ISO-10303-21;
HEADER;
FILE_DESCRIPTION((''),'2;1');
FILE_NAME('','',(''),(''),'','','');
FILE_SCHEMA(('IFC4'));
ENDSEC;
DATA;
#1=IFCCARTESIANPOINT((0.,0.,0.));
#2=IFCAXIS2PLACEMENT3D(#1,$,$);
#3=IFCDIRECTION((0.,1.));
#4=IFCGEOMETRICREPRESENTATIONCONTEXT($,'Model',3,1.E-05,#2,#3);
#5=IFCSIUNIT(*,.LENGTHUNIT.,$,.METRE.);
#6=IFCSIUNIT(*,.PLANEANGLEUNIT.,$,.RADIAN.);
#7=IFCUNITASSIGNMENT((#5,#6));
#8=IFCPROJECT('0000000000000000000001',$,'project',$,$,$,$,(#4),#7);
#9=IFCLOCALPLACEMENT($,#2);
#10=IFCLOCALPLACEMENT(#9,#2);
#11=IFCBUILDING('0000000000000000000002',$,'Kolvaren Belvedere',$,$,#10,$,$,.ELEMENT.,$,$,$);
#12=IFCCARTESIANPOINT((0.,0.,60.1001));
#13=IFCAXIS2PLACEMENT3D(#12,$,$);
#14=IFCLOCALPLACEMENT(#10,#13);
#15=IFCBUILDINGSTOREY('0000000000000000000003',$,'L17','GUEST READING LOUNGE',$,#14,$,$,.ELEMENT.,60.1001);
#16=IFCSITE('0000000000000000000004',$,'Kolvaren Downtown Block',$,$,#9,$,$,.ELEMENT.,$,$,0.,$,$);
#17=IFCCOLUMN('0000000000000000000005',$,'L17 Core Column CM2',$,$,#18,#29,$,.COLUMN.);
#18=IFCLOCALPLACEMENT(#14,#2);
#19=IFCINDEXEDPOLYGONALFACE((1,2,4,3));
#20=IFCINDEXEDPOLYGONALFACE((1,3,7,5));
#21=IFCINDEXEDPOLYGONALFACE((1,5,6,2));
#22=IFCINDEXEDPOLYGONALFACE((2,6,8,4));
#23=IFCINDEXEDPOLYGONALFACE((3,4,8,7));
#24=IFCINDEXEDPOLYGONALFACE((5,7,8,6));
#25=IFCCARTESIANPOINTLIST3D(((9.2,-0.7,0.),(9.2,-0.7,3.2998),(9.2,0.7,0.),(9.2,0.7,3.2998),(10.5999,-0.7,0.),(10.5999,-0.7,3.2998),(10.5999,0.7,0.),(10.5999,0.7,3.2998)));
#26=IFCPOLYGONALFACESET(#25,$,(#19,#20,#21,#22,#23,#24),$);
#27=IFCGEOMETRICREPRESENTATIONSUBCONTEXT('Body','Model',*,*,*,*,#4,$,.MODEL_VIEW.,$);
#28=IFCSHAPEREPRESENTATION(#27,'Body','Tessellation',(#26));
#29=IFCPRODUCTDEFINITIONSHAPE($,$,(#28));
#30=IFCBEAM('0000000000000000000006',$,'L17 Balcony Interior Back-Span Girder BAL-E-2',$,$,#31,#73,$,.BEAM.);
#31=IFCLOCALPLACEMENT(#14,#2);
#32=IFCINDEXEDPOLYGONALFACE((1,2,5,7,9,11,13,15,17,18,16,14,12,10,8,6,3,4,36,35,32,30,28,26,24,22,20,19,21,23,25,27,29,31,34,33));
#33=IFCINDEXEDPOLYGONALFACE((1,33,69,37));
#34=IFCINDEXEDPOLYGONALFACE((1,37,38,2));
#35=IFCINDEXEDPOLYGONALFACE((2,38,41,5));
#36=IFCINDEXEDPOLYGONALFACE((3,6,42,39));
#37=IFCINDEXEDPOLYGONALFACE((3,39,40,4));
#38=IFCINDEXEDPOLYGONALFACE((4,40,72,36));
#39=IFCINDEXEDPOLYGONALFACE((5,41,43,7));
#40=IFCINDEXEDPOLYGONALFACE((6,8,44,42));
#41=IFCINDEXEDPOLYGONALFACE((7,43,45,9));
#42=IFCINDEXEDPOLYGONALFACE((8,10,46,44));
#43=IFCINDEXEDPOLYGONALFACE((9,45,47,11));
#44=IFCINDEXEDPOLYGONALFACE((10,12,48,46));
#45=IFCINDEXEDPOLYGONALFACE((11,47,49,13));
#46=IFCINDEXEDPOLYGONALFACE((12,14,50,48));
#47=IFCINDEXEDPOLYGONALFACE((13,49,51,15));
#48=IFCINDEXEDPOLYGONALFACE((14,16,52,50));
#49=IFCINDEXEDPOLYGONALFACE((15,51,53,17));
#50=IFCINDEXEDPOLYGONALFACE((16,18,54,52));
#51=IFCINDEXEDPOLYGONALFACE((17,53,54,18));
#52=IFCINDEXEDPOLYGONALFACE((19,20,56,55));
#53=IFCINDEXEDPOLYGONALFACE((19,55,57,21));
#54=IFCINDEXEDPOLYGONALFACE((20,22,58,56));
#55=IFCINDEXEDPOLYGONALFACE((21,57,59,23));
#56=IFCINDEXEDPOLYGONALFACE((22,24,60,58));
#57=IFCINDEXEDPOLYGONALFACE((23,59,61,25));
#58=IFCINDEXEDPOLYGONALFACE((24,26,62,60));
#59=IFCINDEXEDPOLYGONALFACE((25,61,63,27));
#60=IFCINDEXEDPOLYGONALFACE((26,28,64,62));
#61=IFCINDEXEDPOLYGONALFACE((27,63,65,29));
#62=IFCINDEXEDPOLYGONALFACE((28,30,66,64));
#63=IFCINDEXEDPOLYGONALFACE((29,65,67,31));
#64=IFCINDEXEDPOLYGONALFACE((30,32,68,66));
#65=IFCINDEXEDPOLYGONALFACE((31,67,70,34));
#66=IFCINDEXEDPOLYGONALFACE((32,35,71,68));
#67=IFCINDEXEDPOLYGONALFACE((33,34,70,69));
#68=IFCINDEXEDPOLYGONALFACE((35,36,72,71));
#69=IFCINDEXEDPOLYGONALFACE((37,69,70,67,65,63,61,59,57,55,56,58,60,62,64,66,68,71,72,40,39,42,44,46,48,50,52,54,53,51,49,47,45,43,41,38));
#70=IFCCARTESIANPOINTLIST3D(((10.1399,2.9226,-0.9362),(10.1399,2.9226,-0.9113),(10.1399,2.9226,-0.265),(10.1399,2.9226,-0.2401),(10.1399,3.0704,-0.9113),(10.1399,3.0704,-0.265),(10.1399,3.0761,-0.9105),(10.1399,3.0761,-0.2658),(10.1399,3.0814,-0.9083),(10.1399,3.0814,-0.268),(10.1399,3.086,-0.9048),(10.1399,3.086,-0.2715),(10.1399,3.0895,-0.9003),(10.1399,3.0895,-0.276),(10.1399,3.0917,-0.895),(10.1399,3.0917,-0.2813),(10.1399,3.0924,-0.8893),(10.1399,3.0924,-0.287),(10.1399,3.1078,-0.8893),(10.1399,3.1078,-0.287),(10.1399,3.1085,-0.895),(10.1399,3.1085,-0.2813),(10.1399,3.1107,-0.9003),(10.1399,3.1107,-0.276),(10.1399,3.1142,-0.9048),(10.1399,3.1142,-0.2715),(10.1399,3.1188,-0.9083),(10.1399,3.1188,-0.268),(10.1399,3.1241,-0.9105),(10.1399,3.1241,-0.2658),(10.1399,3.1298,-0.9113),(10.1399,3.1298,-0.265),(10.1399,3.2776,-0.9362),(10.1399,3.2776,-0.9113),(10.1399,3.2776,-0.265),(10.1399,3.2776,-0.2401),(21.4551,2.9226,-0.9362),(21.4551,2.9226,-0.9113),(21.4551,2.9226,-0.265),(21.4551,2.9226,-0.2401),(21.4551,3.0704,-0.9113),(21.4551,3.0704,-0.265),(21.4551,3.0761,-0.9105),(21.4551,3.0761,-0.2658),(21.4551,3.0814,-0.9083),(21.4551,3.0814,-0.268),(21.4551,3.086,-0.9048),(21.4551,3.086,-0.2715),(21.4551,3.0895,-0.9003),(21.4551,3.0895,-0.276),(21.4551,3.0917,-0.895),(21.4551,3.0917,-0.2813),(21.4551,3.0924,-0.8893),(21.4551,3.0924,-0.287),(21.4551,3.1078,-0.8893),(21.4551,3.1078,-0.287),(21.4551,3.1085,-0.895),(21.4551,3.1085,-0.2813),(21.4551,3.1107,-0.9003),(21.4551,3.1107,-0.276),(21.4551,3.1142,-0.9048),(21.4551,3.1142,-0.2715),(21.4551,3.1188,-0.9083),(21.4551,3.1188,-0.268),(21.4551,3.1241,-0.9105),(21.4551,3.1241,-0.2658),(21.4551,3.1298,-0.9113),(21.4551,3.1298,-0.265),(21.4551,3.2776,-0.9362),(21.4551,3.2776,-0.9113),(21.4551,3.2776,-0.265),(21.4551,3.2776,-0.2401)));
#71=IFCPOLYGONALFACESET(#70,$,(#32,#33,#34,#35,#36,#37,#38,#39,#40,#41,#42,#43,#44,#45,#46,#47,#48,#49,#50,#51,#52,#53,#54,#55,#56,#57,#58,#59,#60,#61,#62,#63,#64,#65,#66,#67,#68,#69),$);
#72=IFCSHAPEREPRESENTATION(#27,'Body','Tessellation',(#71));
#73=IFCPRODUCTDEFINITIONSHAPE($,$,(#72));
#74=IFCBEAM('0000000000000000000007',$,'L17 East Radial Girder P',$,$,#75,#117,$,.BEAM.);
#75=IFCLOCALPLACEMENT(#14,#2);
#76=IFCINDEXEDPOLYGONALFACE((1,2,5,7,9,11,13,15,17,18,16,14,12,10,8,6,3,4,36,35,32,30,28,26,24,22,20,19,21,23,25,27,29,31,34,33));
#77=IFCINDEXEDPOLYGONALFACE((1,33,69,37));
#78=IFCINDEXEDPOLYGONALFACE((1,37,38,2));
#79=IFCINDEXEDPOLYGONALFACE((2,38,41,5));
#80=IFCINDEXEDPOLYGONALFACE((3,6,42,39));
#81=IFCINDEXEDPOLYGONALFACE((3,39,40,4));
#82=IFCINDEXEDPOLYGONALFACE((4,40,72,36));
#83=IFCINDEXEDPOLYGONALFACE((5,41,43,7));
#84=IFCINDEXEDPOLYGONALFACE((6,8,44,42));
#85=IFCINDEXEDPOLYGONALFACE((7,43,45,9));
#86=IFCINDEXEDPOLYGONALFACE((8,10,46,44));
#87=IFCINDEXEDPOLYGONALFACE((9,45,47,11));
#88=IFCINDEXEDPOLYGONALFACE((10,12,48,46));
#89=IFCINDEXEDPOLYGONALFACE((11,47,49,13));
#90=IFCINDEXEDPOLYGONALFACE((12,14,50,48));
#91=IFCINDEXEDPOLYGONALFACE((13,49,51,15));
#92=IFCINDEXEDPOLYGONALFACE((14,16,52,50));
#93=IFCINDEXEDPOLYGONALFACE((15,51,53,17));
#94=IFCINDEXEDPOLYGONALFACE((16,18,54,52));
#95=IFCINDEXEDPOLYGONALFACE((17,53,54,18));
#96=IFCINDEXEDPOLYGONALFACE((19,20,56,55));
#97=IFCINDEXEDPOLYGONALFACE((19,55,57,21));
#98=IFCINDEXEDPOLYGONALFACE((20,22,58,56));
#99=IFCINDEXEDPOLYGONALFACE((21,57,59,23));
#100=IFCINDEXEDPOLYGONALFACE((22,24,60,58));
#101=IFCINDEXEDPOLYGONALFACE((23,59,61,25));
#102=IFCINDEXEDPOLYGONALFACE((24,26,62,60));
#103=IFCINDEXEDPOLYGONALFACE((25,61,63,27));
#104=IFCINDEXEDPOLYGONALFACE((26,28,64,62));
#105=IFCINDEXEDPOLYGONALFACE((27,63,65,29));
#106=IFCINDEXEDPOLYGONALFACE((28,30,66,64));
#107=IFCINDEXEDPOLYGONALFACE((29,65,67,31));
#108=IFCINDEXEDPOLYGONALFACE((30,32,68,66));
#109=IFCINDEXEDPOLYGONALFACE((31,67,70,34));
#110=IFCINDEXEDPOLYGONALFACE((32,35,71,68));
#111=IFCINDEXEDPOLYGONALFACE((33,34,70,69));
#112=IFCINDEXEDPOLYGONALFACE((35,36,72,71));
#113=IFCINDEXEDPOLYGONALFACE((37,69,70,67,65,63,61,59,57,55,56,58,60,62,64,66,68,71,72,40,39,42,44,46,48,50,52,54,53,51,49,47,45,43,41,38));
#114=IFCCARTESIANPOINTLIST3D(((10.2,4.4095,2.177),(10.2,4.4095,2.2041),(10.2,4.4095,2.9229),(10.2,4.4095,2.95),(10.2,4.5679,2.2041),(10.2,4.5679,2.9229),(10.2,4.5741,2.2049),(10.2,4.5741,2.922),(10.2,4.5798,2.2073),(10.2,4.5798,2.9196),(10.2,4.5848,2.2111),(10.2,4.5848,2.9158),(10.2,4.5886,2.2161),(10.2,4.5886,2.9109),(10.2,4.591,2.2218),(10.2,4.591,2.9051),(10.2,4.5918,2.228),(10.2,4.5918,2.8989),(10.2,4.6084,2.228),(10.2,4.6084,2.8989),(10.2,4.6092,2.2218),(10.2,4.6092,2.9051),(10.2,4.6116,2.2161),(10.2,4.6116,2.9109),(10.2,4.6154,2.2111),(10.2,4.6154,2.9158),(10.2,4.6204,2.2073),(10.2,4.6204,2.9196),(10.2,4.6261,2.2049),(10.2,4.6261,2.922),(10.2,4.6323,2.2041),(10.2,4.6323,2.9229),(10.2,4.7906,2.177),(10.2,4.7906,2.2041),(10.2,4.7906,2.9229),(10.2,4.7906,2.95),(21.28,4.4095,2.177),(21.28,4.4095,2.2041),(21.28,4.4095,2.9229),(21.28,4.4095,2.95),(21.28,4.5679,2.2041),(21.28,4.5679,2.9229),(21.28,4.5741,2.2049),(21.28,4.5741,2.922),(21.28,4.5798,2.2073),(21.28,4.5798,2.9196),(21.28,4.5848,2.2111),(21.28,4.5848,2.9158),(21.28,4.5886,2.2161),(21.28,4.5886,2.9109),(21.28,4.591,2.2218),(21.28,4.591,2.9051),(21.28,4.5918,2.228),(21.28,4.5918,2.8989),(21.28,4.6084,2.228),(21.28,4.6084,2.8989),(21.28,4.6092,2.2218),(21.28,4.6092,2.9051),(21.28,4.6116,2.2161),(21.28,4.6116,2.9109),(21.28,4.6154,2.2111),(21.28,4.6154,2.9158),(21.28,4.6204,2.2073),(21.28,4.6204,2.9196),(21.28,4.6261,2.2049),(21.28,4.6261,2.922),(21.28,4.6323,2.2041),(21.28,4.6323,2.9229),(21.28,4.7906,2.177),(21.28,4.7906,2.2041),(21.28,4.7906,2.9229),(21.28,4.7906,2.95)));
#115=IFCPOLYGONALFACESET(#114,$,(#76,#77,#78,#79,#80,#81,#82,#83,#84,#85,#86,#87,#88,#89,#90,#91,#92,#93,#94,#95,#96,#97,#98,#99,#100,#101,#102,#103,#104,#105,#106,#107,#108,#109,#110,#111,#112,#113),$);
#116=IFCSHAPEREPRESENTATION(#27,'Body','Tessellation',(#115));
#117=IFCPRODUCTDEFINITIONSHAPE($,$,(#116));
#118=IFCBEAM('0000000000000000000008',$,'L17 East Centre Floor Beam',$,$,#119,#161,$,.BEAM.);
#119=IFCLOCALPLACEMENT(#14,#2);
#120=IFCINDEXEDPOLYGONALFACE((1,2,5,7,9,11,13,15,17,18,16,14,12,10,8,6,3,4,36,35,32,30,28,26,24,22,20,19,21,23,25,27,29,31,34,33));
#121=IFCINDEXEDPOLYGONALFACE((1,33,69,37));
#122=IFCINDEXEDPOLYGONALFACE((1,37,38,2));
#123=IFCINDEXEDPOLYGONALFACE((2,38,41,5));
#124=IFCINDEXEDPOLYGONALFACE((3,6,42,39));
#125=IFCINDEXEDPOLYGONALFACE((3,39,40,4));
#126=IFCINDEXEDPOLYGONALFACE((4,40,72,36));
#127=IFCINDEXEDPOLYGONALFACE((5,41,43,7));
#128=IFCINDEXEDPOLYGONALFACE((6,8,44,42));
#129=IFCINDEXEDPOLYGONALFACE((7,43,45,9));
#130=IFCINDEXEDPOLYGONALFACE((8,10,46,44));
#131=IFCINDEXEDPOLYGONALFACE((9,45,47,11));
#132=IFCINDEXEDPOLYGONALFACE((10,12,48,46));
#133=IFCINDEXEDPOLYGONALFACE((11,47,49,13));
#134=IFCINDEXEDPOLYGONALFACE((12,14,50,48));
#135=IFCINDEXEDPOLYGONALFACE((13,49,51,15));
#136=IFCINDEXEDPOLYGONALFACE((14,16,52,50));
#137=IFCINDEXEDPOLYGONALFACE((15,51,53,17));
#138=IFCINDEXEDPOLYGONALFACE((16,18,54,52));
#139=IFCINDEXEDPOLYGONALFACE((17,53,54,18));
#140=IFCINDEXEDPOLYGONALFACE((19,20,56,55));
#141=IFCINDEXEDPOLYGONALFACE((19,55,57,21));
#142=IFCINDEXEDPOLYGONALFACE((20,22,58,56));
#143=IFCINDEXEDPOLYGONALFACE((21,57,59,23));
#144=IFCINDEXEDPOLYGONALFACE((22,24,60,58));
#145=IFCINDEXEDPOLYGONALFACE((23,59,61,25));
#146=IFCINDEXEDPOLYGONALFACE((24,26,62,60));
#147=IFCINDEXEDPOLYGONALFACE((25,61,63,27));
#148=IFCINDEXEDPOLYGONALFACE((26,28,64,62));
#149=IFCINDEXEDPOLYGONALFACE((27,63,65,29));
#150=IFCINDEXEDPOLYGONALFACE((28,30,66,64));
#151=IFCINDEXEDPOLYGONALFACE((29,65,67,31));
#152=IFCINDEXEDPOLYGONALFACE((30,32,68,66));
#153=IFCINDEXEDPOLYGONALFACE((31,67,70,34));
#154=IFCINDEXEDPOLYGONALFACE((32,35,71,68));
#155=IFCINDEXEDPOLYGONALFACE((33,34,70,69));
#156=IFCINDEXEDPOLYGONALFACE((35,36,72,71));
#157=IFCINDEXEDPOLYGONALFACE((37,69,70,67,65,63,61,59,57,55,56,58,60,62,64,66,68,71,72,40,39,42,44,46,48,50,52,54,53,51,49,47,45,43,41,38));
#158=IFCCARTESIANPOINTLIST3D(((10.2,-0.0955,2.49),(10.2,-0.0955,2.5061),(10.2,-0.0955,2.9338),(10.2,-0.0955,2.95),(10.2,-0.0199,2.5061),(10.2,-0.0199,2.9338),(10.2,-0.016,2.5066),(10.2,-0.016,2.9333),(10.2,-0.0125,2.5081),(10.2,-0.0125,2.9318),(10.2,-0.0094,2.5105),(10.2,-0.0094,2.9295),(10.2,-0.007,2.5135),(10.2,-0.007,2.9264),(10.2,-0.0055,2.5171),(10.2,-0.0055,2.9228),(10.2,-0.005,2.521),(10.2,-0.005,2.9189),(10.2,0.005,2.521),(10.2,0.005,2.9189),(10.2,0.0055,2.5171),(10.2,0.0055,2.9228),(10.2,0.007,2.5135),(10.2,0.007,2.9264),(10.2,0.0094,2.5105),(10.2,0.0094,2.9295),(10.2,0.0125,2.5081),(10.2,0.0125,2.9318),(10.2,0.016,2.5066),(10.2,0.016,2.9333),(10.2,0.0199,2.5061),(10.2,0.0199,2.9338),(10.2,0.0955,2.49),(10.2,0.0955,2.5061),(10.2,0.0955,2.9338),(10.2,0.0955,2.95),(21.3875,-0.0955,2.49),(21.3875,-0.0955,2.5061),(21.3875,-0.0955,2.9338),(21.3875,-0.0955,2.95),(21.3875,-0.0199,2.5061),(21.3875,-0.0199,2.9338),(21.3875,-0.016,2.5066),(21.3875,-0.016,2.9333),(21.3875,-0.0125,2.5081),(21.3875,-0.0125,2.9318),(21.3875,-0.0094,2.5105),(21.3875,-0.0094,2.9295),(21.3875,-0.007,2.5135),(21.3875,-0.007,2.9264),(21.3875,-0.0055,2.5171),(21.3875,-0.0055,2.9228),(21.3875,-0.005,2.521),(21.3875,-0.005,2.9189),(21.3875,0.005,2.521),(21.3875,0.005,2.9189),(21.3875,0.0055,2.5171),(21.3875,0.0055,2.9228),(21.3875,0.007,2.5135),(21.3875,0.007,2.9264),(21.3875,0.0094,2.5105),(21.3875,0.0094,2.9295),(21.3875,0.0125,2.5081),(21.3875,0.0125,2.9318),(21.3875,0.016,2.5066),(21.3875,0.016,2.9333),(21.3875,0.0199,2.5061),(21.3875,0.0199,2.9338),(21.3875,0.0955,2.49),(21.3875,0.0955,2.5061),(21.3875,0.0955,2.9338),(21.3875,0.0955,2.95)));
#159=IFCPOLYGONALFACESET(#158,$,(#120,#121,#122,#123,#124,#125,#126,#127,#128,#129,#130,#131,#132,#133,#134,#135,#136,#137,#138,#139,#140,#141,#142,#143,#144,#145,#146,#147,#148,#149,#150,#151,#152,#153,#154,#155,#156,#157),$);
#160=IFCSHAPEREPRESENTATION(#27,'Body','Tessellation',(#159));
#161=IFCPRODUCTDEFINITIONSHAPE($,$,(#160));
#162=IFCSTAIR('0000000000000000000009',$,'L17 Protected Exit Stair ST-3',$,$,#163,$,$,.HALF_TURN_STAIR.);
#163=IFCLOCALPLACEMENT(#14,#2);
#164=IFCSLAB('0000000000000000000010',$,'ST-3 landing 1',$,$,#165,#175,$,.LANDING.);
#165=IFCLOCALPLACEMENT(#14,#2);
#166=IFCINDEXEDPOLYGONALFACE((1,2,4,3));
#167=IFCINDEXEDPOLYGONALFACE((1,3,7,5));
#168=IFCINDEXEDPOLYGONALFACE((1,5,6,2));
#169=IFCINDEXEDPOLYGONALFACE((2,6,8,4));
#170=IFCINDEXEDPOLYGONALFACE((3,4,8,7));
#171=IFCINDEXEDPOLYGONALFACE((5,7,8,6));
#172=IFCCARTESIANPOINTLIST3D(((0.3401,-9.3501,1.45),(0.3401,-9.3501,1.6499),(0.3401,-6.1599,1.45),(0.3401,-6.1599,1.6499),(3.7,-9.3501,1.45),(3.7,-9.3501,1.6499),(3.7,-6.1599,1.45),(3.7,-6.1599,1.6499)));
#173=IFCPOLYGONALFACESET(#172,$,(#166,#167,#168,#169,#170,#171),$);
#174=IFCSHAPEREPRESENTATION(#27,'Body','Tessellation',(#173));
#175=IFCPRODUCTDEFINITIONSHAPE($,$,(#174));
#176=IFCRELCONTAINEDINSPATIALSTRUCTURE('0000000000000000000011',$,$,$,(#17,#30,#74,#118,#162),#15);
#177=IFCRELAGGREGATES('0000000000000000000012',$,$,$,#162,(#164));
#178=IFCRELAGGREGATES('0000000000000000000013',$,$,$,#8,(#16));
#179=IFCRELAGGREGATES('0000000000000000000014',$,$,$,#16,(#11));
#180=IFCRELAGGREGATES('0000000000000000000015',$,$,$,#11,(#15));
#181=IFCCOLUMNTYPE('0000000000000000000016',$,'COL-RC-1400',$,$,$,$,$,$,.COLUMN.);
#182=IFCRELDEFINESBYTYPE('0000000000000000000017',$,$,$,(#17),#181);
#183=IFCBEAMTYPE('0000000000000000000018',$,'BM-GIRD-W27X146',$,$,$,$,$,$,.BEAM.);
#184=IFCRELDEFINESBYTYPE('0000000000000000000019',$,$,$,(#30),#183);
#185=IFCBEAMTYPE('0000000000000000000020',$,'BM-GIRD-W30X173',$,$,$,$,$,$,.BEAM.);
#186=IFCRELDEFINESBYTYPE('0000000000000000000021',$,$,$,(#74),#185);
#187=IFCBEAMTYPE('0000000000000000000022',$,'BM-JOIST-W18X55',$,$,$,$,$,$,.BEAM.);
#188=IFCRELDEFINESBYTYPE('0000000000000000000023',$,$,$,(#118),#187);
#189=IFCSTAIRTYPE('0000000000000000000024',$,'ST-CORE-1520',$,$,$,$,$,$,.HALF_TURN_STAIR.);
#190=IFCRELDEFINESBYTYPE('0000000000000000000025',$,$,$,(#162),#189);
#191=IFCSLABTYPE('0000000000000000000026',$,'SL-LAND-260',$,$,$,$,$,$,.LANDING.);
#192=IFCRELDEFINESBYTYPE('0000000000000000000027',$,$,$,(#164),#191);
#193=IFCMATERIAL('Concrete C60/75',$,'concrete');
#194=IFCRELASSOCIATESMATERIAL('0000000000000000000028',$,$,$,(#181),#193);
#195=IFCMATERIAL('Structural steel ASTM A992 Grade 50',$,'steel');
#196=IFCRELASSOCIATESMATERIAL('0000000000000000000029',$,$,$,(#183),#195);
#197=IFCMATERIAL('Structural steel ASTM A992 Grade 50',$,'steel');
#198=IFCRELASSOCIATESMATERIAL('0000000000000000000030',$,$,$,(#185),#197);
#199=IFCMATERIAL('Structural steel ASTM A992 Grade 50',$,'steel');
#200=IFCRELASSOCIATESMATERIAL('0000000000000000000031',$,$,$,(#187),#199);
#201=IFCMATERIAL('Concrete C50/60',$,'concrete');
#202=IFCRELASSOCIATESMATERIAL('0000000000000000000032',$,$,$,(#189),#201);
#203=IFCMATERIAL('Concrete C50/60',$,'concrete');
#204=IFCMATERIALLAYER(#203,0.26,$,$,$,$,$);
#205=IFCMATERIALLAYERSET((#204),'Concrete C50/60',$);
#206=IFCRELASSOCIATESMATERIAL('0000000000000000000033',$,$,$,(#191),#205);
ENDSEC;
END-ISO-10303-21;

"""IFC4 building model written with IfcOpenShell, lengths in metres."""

from ifc_helpers import new_model, si_unit, direction, frame, origin, origin_2d, place, context, subcontext, project, spatial, polyline, rectangle, i_section, outline, extrude, material, layer, layer_set, material_profile, profile_set, type_object, element, aggregate, save


model = new_model("IFC4")

# Units and contexts
model_context = context("Model", 3, precision=1e-05, world=origin(), true_north=direction((0.0, 1.0)))
body_context = subcontext(model_context, "Body", "Model", "MODEL_VIEW")
ifc_project = project(units=[si_unit("LENGTHUNIT", "METRE"), si_unit("PLANEANGLEUNIT", "RADIAN")], contexts=[model_context])

# Site, building, storey
site_placement = place(None, origin())
site = spatial("IfcSite", under=ifc_project, at=site_placement, Name="Kolvaren Downtown Block", CompositionType="ELEMENT", RefElevation=0.0)
building_placement = place(site_placement, origin())
building = spatial("IfcBuilding", under=site, at=building_placement, Name="Kolvaren Belvedere", CompositionType="ELEMENT")
storey_placement = place(building_placement, frame((0.0, 0.0, 60.1001)))
storey = spatial("IfcBuildingStorey", under=building, at=storey_placement, Name="L17", Description="GUEST READING LOUNGE", CompositionType="ELEMENT", Elevation=60.1001)

# Column
ifc_material_1 = material(Name="Concrete C60/75", Category="concrete")
ifc_material_profile_1 = material_profile(ifc_material_1, rectangle(XDim=1.3999, YDim=1.3999, at=origin_2d()), Name="RC 1400X1400")
ifc_profile_set_1 = profile_set([ifc_material_profile_1], Name="Concrete C60/75")
column_type = type_object("IfcColumnType", Name="COL-RC-1400", PredefinedType="COLUMN", material=ifc_profile_set_1)
column_placement = place(storey_placement, frame((9.8999, 0.0, 0.0), z_axis=(0.0, 0.0, 1.0), x_axis=(1.0, 0.0, 0.0)))
element("IfcColumn", 1, at=column_placement, inside=storey, type_object=column_type, Name="L17 Core Column CM2", PredefinedType="COLUMN", context=body_context, shape_type="SweptSolid", body=[
    extrude(rectangle(XDim=1.3999, YDim=1.3999, at=origin_2d()), origin(), (0.0, 0.0, 1.0), 3.2998),
])

# Beams
ifc_material_2 = material(Name="Structural steel ASTM A992 Grade 50", Category="steel")
ifc_material_profile_2 = material_profile(ifc_material_2, i_section(OverallWidth=0.355, OverallDepth=0.696, WebThickness=0.0154, FlangeThickness=0.0249, FilletRadius=0.022, at=origin_2d()), Name="W27X146")
ifc_profile_set_2 = profile_set([ifc_material_profile_2], Name="Structural steel ASTM A992 Grade 50")
beam_type_1 = type_object("IfcBeamType", Name="BM-GIRD-W27X146", PredefinedType="BEAM", material=ifc_profile_set_2)
beam_1_placement = place(storey_placement, frame((10.1399, 3.1001, -0.5881), z_axis=(1.0, 0.0, 0.0), x_axis=(0.0, 1.0, 0.0)))
element("IfcBeam", 2, at=beam_1_placement, inside=storey, type_object=beam_type_1, Name="L17 Balcony Interior Back-Span Girder BAL-E-2", PredefinedType="BEAM", context=body_context, shape_type="SweptSolid", body=[
    extrude(i_section(OverallWidth=0.355, OverallDepth=0.696, WebThickness=0.0154, FlangeThickness=0.0249, FilletRadius=0.022, at=origin_2d()), origin(), (0.0, 0.0, 1.0), 11.3152),
])
ifc_material_3 = material(Name="Structural steel ASTM A992 Grade 50", Category="steel")
ifc_material_profile_3 = material_profile(ifc_material_3, i_section(OverallWidth=0.3811, OverallDepth=0.7729, WebThickness=0.0166, FlangeThickness=0.0271, FilletRadius=0.0239, at=origin_2d()), Name="W30X173")
ifc_profile_set_3 = profile_set([ifc_material_profile_3], Name="Structural steel ASTM A992 Grade 50")
beam_type_2 = type_object("IfcBeamType", Name="BM-GIRD-W30X173", PredefinedType="BEAM", material=ifc_profile_set_3)
beam_2_placement = place(storey_placement, frame((10.2, 4.6001, 2.5635), z_axis=(1.0, 0.0, 0.0), x_axis=(0.0, 1.0, 0.0)))
element("IfcBeam", 3, at=beam_2_placement, inside=storey, type_object=beam_type_2, Name="L17 East Radial Girder P", PredefinedType="BEAM", context=body_context, shape_type="SweptSolid", body=[
    extrude(i_section(OverallWidth=0.3811, OverallDepth=0.7729, WebThickness=0.0166, FlangeThickness=0.0271, FilletRadius=0.0239, at=origin_2d()), origin(), (0.0, 0.0, 1.0), 11.0801),
])
ifc_material_4 = material(Name="Structural steel ASTM A992 Grade 50", Category="steel")
ifc_material_profile_4 = material_profile(ifc_material_4, i_section(OverallWidth=0.1909, OverallDepth=0.46, WebThickness=0.01, FlangeThickness=0.0161, FilletRadius=0.0149, at=origin_2d()), Name="W18X55")
ifc_profile_set_4 = profile_set([ifc_material_profile_4], Name="Structural steel ASTM A992 Grade 50")
beam_type_3 = type_object("IfcBeamType", Name="BM-JOIST-W18X55", PredefinedType="BEAM", material=ifc_profile_set_4)
beam_3_placement = place(storey_placement, frame((10.2, 0.0, 2.72), z_axis=(1.0, 0.0, 0.0), x_axis=(0.0, 1.0, 0.0)))
element("IfcBeam", 4, at=beam_3_placement, inside=storey, type_object=beam_type_3, Name="L17 East Centre Floor Beam", PredefinedType="BEAM", context=body_context, shape_type="SweptSolid", body=[
    extrude(i_section(OverallWidth=0.1909, OverallDepth=0.46, WebThickness=0.01, FlangeThickness=0.0161, FilletRadius=0.0149, at=origin_2d()), origin(), (0.0, 0.0, 1.0), 11.1875),
])

# Stair, slab
ifc_material_5 = material(Name="Concrete C50/60", Category="concrete")
stair_type = type_object("IfcStairType", Name="ST-CORE-1520", PredefinedType="HALF_TURN_STAIR", material=ifc_material_5)
stair_1_placement = place(storey_placement, origin())
stair_1 = element("IfcStair", 5, at=stair_1_placement, inside=storey, type_object=stair_type, Name="L17 Protected Exit Stair ST-3", PredefinedType="HALF_TURN_STAIR")
ifc_material_6 = material(Name="Concrete C50/60", Category="concrete")
ifc_layer_1 = layer(ifc_material_6, 0.26)
ifc_layer_set_1 = layer_set([ifc_layer_1], Name="Concrete C50/60")
slab_type = type_object("IfcSlabType", Name="SL-LAND-260", PredefinedType="LANDING", material=ifc_layer_set_1)
slab_placement = place(storey_placement, frame((0.0, 0.0, 1.45)))
slab = element("IfcSlab", 6, at=slab_placement, type_object=slab_type, Name="ST-3 landing 1", PredefinedType="LANDING", context=body_context, shape_type="SweptSolid", body=[
    extrude(outline(polyline([(0.3401, -9.3501), (3.7, -9.3501), (3.7, -6.1599), (0.3401, -6.1599), (0.3401, -9.3501)])), origin(), (0.0, 0.0, 1.0), 0.2),
])
aggregate(stair_1, [slab])

save(model, "model.ifc")
